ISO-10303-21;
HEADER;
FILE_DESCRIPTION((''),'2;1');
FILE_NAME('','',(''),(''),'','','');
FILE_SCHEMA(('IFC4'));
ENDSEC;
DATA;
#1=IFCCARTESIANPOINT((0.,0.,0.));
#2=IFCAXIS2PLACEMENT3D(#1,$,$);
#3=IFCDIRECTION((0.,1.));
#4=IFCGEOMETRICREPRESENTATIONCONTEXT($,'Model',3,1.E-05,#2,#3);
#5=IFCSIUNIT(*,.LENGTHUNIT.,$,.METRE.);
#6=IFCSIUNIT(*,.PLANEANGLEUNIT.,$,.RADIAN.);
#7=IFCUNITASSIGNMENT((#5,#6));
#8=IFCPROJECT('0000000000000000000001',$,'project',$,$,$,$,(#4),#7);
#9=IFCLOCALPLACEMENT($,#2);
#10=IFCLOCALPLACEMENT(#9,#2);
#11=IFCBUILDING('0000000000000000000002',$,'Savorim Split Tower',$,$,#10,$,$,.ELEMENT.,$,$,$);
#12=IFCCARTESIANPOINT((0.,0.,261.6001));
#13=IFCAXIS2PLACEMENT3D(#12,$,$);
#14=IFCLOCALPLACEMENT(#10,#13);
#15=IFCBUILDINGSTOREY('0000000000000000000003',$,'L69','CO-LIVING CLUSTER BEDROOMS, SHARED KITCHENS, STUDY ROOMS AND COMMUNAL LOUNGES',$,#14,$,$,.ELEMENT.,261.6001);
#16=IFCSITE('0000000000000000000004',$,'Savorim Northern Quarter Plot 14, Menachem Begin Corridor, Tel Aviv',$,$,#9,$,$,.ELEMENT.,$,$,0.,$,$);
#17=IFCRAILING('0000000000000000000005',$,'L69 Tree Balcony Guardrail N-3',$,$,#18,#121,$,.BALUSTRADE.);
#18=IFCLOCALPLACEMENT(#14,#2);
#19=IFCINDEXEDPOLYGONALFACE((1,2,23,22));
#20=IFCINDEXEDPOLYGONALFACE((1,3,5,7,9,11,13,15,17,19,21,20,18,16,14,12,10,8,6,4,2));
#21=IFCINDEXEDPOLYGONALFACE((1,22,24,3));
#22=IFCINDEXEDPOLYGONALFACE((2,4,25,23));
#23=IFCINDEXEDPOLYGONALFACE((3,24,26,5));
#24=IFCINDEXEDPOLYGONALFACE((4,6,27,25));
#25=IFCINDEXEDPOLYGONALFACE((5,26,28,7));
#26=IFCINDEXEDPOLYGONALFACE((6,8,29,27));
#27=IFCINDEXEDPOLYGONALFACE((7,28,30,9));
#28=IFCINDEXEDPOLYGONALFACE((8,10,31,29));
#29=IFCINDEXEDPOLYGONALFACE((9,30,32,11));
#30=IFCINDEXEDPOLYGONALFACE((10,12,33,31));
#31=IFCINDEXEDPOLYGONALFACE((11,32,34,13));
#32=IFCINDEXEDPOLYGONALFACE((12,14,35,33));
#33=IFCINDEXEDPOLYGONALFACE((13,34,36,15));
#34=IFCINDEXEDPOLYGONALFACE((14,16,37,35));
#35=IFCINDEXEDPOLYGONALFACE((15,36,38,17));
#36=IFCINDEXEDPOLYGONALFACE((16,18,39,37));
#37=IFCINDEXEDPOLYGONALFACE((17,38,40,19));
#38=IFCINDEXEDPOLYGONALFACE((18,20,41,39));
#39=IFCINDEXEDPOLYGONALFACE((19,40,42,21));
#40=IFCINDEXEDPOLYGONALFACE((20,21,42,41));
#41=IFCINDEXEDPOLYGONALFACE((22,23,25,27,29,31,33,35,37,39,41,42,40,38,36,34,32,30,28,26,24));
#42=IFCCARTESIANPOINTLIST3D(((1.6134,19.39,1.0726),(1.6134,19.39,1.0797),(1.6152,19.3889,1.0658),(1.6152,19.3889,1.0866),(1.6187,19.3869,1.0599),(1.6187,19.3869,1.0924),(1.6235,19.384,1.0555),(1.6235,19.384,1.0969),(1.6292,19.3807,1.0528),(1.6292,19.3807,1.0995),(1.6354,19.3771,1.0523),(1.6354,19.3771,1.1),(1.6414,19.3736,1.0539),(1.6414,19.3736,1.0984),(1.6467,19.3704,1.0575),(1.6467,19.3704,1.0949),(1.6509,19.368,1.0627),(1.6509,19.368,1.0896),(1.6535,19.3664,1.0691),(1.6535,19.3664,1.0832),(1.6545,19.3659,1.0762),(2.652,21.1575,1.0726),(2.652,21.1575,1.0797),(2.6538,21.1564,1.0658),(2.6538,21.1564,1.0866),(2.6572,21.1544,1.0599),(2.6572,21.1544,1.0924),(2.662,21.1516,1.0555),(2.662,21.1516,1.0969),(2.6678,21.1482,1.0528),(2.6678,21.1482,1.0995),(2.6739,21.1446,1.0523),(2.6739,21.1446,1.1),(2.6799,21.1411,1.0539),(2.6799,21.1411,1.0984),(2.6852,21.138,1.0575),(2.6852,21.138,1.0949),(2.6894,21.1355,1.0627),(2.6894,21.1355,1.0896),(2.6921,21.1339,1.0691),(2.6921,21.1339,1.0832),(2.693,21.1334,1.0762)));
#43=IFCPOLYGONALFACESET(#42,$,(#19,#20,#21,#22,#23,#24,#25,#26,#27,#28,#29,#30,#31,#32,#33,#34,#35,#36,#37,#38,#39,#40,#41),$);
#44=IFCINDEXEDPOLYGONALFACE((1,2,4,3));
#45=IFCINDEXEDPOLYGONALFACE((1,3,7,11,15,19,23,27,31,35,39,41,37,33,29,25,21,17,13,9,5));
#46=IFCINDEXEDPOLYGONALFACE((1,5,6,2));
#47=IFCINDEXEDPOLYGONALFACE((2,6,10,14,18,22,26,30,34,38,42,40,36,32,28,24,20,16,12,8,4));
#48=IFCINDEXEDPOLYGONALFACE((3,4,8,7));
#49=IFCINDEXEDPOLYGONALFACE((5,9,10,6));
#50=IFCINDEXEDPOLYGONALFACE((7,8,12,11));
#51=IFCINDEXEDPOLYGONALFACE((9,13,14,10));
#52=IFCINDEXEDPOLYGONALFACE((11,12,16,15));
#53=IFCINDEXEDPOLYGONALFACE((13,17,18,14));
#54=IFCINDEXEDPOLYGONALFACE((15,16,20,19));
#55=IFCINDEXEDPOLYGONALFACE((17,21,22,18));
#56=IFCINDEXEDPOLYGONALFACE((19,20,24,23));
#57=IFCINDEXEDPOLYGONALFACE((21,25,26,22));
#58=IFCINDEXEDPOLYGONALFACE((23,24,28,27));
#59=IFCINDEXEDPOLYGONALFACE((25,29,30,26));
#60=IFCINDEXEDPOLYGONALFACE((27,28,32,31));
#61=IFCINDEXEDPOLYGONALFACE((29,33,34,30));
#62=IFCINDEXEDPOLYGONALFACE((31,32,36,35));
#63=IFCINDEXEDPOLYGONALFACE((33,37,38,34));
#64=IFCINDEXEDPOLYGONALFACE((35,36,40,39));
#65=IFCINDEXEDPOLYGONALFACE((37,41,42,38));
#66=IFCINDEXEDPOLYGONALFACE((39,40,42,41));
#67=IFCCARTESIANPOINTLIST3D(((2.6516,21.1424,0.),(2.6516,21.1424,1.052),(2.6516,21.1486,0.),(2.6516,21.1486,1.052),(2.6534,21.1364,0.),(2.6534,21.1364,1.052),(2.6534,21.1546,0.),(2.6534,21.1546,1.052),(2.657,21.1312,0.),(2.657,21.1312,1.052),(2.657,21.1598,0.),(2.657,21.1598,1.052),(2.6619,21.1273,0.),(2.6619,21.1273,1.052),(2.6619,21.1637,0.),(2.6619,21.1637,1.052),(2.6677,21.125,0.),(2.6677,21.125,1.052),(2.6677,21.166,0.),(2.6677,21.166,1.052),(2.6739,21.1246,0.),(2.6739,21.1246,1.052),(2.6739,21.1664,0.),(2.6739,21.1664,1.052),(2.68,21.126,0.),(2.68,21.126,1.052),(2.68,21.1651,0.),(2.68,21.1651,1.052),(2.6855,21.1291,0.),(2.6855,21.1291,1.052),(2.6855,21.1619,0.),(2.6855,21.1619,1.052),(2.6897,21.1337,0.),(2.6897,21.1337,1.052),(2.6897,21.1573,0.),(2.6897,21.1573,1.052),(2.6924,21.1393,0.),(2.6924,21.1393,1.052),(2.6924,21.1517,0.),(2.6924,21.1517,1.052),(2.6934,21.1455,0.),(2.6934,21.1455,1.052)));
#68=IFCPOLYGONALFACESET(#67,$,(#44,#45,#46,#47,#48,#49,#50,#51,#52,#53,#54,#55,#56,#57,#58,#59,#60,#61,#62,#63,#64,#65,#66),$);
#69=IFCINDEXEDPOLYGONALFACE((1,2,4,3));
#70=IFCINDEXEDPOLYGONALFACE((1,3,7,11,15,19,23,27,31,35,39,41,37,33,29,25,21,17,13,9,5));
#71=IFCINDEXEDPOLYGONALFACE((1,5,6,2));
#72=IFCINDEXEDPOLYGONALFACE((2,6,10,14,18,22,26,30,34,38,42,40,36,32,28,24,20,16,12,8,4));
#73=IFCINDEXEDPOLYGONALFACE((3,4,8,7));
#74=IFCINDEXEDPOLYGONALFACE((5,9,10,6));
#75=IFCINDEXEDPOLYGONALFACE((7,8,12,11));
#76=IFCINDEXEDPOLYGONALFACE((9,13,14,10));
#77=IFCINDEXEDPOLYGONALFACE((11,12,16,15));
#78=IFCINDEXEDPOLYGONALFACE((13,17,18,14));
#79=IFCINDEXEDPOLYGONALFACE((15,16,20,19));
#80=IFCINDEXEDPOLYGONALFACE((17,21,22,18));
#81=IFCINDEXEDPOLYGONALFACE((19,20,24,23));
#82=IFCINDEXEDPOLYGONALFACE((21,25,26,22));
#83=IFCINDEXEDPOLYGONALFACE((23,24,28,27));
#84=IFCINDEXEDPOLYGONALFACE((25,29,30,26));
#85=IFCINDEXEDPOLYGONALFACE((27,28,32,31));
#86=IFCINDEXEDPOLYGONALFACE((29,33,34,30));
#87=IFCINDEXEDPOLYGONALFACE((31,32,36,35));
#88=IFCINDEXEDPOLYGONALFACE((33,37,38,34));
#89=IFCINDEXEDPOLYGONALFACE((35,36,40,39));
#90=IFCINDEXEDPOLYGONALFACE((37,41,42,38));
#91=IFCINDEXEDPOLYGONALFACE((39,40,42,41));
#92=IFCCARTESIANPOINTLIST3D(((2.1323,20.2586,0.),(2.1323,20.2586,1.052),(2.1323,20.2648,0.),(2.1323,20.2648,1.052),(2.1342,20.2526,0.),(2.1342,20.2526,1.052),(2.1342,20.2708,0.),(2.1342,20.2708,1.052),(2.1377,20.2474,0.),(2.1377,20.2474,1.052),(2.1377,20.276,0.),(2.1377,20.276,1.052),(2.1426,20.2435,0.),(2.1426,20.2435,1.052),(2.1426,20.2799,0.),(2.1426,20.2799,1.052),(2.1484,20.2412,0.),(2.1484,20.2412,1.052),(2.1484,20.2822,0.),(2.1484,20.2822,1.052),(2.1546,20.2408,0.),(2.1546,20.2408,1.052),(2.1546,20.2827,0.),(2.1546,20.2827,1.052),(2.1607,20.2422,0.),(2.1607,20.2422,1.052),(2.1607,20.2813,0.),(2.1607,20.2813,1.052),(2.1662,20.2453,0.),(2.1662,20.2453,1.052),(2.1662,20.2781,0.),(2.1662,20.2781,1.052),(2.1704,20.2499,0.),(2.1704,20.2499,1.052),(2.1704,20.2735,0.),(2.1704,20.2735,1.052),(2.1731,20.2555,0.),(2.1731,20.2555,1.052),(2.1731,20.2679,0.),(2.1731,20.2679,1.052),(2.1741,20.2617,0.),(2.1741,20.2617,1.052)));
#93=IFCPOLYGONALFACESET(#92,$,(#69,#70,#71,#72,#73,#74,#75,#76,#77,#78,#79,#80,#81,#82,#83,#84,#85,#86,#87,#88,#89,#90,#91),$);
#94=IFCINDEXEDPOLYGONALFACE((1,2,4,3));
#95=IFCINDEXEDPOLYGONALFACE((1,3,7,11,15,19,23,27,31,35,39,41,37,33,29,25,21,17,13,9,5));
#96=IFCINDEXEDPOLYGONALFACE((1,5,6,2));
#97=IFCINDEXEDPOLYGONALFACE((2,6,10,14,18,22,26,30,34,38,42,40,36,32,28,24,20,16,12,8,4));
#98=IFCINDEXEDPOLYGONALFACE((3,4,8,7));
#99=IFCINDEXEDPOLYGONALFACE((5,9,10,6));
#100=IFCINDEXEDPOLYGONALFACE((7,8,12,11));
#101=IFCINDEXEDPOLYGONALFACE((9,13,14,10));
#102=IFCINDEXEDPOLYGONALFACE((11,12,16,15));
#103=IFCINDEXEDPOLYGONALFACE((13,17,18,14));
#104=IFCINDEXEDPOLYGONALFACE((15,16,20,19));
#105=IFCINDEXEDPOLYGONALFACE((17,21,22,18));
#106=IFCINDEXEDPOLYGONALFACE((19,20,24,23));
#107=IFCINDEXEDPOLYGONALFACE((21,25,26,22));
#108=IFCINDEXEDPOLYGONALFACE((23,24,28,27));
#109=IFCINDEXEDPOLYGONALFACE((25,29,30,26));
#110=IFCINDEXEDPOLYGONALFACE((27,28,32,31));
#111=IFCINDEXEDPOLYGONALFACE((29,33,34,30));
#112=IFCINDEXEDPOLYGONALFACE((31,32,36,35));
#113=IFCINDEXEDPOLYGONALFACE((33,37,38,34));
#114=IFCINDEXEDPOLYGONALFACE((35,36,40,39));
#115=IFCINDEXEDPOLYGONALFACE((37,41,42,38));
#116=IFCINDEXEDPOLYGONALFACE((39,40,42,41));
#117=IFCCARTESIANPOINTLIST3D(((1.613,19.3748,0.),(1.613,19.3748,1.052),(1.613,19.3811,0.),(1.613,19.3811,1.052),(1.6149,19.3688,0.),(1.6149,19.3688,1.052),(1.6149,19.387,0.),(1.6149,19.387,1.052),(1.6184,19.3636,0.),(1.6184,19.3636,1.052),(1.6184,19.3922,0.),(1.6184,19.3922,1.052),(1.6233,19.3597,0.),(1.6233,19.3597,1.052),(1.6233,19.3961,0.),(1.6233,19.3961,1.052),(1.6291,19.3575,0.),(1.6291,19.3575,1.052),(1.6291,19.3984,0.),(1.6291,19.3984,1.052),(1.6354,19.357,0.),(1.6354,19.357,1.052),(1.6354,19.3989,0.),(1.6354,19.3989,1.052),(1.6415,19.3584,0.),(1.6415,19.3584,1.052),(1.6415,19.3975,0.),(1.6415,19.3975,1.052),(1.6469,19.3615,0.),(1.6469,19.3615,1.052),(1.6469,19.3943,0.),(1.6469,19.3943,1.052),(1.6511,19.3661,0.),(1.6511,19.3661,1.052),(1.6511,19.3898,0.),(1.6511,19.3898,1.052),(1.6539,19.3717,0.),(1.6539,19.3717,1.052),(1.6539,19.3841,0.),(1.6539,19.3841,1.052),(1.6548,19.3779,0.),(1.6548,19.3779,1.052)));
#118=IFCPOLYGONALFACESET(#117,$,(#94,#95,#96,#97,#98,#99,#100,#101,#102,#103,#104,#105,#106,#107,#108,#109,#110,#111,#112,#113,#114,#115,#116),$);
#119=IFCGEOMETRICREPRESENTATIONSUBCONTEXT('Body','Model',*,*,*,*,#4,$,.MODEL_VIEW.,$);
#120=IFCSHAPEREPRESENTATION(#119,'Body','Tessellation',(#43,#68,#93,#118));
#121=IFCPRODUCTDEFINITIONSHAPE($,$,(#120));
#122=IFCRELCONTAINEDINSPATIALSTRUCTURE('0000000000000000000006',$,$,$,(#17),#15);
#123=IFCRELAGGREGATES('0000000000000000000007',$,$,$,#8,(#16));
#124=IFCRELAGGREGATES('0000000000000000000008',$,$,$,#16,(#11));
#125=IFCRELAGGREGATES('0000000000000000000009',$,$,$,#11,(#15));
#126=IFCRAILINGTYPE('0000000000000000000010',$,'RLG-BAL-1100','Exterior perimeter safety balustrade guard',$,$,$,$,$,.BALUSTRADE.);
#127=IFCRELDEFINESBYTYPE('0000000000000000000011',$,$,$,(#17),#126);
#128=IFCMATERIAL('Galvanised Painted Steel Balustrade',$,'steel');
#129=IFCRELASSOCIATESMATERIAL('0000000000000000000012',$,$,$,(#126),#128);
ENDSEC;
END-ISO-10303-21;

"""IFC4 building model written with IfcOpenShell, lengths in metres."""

from ifc_helpers import new_model, si_unit, direction, frame, origin, origin_2d, place, context, subcontext, project, spatial, circle, extrude, material, type_object, element, save


model = new_model("IFC4")

# Units and contexts
model_context = context("Model", 3, precision=1e-05, world=origin(), true_north=direction((0.0, 1.0)))
body_context = subcontext(model_context, "Body", "Model", "MODEL_VIEW")
ifc_project = project(units=[si_unit("LENGTHUNIT", "METRE"), si_unit("PLANEANGLEUNIT", "RADIAN")], contexts=[model_context])

# Site, building, storey
site_placement = place(None, origin())
site = spatial("IfcSite", under=ifc_project, at=site_placement, Name="Savorim Northern Quarter Plot 14, Menachem Begin Corridor, Tel Aviv", CompositionType="ELEMENT", RefElevation=0.0)
building_placement = place(site_placement, origin())
building = spatial("IfcBuilding", under=site, at=building_placement, Name="Savorim Split Tower", CompositionType="ELEMENT")
storey_placement = place(building_placement, frame((0.0, 0.0, 261.6001)))
storey = spatial("IfcBuildingStorey", under=building, at=storey_placement, Name="L69", Description="CO-LIVING CLUSTER BEDROOMS, SHARED KITCHENS, STUDY ROOMS AND COMMUNAL LOUNGES", CompositionType="ELEMENT", Elevation=261.6001)

# Railing
ifc_material_1 = material(Name="Galvanised Painted Steel Balustrade", Category="steel")
railing_type_1 = type_object("IfcRailingType", Name="RLG-BAL-1100", Description="Exterior perimeter safety balustrade guard", PredefinedType="BALUSTRADE", material=ifc_material_1)
railing_1_placement = place(storey_placement, frame((2.6724, 21.1455, 0.0)))
element("IfcRailing", 1, at=railing_1_placement, inside=storey, type_object=railing_type_1, Name="L69 Tree Balcony Guardrail N-3", PredefinedType="BALUSTRADE", context=body_context, shape_type="SweptSolid", body=[
    extrude(circle(Radius=0.0239, at=origin_2d()), frame((0.0, 0.0, 1.0762), z_axis=(-0.506593, -0.862185, 0.0), x_axis=(0.862185, -0.506593, 0.0)), (0.0, 0.0, 1.0), 2.05),
    extrude(circle(Radius=0.021, at=origin_2d()), origin(), (0.0, 0.0, 1.0), 1.052),
    extrude(circle(Radius=0.021, at=origin_2d()), frame((-0.5193, -0.8838, 0.0)), (0.0, 0.0, 1.0), 1.052),
    extrude(circle(Radius=0.021, at=origin_2d()), frame((-1.0386, -1.7676, 0.0)), (0.0, 0.0, 1.0), 1.052),
])

save(model, "model.ifc")
